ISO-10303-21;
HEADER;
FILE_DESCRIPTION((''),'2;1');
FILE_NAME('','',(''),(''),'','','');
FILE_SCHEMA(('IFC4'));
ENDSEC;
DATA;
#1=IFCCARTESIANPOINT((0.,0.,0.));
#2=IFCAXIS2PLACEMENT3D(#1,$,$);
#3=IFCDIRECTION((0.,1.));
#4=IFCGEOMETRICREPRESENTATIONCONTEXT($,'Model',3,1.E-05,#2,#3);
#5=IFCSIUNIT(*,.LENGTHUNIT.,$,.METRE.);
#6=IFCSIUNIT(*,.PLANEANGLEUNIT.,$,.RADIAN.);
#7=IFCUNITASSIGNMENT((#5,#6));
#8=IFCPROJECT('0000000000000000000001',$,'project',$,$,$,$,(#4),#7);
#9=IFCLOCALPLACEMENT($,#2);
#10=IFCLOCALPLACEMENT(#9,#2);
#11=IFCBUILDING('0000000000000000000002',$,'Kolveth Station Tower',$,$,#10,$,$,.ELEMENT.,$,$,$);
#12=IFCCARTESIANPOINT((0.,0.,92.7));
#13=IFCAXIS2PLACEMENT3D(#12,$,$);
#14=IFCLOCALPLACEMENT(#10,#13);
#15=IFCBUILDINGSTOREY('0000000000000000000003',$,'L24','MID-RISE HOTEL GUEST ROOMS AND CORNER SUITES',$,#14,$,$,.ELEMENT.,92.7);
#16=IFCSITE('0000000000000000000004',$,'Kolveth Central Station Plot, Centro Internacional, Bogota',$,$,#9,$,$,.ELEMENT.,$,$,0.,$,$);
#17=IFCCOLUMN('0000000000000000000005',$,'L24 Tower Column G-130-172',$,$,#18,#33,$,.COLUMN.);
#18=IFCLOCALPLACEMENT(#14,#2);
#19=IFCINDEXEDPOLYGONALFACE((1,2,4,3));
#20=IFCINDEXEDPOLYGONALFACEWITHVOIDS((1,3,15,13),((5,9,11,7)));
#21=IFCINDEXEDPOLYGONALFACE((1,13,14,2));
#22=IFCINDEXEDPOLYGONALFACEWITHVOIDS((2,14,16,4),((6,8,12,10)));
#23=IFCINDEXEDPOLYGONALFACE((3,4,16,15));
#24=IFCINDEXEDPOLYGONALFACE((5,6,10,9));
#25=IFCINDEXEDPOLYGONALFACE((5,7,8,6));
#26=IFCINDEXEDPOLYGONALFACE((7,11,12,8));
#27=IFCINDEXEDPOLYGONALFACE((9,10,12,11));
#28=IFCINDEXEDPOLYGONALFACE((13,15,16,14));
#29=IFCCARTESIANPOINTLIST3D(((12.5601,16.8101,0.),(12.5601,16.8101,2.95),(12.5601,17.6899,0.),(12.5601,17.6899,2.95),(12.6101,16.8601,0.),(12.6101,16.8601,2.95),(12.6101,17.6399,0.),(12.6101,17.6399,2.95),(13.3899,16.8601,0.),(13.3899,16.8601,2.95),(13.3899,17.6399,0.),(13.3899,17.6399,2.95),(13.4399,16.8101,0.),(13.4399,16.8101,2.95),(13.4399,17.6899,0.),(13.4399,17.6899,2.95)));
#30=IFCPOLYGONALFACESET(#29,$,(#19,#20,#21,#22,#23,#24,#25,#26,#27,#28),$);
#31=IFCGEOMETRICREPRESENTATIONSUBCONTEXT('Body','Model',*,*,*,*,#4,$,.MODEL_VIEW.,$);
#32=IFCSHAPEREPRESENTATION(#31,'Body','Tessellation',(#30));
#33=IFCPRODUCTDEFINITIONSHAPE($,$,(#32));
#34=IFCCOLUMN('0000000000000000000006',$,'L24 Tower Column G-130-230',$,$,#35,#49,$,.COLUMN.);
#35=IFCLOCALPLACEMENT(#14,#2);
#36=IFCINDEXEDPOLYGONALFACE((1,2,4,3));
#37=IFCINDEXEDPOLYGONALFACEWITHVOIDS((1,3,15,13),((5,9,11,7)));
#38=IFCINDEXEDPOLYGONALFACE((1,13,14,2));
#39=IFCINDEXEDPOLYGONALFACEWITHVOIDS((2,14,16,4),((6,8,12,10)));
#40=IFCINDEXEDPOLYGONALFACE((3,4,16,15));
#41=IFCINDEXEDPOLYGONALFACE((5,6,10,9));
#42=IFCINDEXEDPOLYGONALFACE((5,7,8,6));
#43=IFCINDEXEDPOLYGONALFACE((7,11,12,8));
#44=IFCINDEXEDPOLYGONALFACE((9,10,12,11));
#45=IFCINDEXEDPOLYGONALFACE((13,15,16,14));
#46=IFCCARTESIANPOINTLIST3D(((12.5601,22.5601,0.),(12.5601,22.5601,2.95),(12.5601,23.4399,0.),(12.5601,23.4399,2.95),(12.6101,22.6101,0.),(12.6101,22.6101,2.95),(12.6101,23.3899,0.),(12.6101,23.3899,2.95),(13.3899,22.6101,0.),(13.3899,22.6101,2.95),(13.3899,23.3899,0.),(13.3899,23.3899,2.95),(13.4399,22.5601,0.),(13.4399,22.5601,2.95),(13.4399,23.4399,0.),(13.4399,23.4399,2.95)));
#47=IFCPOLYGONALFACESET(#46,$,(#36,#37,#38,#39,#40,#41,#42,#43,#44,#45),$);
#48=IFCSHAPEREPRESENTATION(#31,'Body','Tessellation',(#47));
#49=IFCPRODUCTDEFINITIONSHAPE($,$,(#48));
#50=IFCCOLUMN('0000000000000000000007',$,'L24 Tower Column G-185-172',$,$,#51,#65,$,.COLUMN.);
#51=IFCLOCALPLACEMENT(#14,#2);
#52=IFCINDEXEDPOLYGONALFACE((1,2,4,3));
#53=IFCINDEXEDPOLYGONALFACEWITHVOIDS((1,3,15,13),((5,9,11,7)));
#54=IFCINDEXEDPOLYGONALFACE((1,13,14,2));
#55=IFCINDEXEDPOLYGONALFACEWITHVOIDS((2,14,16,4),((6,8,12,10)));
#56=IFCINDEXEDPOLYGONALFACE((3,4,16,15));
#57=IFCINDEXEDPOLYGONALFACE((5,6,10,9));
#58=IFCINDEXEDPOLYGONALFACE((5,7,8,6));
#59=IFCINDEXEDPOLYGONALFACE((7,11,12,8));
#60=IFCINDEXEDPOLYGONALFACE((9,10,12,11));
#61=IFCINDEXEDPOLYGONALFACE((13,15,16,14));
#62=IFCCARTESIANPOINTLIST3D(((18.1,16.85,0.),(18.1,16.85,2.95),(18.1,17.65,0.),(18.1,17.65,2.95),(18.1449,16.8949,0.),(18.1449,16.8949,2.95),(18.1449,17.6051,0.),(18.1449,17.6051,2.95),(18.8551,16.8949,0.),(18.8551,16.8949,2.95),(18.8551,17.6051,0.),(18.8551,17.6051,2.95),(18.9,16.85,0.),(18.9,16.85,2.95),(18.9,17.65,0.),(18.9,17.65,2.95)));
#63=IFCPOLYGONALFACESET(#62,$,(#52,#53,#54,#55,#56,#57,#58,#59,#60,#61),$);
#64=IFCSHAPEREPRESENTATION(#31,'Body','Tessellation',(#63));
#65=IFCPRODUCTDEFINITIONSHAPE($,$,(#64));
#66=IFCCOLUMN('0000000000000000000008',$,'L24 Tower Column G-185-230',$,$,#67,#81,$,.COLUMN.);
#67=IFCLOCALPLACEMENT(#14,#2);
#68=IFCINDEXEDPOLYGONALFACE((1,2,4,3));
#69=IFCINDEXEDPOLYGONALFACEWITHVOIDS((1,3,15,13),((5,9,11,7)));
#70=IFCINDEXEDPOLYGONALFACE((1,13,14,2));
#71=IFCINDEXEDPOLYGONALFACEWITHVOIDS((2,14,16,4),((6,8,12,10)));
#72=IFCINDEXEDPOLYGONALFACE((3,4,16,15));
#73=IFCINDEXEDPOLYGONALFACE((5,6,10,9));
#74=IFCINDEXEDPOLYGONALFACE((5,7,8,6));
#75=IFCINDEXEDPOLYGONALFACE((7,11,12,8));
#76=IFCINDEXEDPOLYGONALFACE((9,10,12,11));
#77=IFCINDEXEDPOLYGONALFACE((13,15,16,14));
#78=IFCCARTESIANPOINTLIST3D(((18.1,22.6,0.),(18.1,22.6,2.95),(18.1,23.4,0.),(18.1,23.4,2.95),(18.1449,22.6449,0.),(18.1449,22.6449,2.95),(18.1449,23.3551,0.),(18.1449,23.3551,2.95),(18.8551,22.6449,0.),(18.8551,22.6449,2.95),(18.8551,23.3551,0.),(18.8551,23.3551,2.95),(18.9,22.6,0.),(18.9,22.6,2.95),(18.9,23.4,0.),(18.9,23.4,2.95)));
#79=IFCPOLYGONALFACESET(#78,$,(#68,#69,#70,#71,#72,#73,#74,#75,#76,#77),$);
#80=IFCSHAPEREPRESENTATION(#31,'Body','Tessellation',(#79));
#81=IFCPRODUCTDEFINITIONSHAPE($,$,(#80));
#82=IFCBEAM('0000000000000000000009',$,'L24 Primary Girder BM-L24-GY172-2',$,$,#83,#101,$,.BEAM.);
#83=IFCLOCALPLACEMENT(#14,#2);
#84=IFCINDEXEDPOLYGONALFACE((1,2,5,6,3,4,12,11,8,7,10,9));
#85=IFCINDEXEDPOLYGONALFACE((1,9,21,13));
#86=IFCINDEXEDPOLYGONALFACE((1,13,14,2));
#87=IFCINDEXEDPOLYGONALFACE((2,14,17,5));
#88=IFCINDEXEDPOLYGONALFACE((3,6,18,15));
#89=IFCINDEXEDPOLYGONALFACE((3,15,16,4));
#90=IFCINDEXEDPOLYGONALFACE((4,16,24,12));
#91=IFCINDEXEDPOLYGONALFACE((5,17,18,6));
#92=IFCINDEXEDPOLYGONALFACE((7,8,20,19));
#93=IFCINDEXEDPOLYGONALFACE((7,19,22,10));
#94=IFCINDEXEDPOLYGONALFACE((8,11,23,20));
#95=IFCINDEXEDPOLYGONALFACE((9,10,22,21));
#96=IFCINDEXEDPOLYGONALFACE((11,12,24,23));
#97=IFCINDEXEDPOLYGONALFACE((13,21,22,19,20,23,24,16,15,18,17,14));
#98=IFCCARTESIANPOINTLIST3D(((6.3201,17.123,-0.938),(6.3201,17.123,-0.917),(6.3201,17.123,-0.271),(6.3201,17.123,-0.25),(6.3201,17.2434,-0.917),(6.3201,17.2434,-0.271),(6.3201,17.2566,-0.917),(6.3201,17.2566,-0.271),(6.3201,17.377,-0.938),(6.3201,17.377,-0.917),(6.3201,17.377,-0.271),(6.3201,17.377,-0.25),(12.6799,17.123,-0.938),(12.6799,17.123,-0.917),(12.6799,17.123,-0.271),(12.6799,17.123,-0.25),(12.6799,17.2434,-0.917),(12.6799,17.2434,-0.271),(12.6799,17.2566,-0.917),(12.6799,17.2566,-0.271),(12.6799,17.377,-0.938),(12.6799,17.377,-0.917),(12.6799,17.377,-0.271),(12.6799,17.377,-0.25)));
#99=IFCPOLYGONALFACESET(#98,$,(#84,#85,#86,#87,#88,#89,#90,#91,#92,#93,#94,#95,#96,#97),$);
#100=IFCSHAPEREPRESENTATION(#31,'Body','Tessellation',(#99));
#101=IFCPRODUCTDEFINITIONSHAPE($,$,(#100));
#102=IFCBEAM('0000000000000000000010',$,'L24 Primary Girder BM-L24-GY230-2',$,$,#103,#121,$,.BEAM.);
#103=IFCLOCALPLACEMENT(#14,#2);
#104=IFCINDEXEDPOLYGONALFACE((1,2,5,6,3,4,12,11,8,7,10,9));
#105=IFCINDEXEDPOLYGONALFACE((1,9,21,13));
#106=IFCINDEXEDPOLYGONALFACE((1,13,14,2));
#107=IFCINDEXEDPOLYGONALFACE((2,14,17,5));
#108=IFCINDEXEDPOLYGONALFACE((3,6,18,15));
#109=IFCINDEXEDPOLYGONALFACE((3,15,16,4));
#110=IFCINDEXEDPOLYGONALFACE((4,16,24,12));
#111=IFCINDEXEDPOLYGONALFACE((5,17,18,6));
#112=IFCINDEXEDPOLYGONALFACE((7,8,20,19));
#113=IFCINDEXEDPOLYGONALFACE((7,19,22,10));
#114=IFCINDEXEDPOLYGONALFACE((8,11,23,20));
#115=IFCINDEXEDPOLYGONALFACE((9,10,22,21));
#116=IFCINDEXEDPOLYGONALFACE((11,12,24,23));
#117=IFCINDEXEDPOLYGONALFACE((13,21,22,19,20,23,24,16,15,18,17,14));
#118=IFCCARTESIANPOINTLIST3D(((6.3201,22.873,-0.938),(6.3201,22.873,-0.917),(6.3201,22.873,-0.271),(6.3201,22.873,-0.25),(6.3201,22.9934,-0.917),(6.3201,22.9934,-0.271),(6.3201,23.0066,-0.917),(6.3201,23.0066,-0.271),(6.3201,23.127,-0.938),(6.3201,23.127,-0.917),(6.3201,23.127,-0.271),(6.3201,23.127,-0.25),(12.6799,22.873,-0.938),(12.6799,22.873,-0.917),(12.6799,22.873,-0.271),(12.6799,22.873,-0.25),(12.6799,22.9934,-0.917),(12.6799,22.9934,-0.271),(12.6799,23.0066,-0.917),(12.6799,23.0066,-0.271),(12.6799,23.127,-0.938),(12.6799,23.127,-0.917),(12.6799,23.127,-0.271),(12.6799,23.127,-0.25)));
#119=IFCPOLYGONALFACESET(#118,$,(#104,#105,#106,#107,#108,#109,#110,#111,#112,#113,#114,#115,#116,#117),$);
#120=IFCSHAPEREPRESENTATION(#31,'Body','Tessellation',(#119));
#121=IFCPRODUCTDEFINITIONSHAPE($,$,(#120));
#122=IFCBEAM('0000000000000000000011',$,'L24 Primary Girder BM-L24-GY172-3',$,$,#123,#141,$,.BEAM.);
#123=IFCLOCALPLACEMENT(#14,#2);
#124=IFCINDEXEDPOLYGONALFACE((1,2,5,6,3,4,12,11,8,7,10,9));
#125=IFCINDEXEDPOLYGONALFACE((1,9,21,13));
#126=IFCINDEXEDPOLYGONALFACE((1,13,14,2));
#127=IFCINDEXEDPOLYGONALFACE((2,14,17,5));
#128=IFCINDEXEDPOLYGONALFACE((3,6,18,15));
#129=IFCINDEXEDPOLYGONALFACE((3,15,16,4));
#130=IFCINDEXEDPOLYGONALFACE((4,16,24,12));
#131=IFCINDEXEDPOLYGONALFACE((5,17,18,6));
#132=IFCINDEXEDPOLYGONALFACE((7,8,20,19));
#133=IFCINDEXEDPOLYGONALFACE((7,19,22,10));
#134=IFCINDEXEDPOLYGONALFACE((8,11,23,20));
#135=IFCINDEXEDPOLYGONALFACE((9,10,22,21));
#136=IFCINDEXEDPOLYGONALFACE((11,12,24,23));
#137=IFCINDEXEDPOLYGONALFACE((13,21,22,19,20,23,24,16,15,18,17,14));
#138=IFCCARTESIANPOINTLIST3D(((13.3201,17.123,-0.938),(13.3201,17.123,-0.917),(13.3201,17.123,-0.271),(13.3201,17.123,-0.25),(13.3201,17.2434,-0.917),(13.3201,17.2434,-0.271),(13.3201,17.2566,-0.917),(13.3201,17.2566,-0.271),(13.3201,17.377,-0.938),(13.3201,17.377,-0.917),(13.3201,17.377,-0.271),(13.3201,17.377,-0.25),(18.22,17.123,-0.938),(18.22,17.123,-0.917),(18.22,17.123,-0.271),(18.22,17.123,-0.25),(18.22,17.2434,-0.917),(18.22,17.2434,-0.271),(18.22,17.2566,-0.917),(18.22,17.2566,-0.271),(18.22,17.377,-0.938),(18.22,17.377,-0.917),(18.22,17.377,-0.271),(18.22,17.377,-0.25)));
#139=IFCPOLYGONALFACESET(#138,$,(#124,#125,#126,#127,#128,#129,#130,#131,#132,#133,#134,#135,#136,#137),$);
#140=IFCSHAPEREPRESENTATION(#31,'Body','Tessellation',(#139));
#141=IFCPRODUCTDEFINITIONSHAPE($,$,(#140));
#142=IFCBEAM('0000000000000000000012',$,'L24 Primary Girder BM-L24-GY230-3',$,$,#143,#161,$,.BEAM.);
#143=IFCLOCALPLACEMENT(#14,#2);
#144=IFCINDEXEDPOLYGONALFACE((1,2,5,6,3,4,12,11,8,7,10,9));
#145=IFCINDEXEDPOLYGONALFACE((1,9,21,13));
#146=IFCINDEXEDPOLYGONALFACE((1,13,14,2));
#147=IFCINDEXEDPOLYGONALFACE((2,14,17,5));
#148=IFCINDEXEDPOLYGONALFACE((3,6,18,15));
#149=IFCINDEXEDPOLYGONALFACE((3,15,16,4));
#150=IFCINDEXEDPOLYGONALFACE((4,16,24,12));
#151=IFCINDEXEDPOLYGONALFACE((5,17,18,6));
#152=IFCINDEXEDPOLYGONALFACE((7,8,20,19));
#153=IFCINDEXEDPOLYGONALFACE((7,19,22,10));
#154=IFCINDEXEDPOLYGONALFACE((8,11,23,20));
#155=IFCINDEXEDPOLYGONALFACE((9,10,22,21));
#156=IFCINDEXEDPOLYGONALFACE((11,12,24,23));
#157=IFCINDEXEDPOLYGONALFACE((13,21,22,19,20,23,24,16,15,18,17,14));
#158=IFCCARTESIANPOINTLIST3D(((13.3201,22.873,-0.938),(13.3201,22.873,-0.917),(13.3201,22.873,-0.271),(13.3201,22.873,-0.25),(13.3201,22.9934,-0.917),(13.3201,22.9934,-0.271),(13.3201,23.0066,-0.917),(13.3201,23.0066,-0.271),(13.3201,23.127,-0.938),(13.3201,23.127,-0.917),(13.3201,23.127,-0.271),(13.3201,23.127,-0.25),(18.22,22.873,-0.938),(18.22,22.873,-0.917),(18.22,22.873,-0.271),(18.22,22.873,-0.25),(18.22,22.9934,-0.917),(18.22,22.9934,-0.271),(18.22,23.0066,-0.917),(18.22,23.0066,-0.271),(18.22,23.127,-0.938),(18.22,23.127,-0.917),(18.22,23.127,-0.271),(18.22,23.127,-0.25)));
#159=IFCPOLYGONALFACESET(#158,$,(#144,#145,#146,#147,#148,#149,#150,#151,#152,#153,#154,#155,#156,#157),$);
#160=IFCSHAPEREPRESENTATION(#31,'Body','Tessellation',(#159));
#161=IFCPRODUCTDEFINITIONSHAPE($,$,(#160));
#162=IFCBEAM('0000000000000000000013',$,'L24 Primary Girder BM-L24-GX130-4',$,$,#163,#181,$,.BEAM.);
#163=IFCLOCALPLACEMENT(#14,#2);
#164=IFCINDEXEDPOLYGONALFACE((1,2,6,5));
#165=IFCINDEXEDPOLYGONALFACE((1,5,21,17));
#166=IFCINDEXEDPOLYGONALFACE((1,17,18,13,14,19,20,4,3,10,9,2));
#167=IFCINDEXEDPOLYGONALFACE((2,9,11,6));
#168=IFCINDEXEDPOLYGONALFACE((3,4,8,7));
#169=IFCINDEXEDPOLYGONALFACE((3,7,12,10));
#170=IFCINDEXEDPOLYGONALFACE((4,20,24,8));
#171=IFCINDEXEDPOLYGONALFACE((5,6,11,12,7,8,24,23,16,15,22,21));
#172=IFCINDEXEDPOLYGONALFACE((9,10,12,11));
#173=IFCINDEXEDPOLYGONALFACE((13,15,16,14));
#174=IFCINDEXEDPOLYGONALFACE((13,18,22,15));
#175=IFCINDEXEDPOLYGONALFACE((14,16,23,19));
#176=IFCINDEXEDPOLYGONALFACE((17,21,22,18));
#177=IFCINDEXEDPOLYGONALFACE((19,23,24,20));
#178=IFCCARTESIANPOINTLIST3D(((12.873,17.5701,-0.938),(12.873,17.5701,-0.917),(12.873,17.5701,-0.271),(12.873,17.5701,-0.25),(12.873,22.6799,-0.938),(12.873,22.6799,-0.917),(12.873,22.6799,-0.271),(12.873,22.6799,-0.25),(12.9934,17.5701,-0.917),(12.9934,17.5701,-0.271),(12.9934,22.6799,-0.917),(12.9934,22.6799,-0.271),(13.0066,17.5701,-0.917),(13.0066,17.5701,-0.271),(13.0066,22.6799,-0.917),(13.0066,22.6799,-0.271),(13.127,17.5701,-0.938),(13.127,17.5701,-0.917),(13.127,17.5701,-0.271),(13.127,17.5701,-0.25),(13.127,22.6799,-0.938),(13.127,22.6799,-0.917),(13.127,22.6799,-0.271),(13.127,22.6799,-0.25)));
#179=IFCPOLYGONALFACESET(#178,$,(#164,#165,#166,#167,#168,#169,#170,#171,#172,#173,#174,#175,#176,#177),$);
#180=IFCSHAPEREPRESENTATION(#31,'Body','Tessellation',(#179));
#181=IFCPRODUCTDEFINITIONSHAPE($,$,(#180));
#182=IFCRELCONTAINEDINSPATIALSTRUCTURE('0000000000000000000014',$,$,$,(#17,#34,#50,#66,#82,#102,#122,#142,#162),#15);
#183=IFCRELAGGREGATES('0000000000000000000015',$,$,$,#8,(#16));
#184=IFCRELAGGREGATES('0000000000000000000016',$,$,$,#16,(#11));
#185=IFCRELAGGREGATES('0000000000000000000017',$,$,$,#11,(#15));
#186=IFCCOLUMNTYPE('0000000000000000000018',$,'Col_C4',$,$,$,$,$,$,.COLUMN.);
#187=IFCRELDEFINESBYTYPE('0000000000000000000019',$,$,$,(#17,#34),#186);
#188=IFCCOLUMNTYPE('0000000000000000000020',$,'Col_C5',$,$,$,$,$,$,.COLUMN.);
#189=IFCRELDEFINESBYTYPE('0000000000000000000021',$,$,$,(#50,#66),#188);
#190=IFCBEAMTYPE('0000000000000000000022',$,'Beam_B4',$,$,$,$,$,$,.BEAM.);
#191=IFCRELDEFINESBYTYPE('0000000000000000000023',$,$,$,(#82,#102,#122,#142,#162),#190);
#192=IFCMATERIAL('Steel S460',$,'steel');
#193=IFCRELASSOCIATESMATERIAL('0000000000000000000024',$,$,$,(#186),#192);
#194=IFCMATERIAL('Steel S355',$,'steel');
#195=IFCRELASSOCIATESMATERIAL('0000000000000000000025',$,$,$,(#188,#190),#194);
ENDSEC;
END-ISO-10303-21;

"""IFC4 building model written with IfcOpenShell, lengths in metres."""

from ifc_helpers import new_model, si_unit, direction, frame, origin, origin_2d, place, context, subcontext, project, spatial, hollow_rectangle, i_section, extrude, source, transform, mapped, material, material_profile, profile_set, type_object, element, save


model = new_model("IFC4")

# Units and contexts
model_context = context("Model", 3, precision=1e-05, world=origin(), true_north=direction((0.0, 1.0)))
body_context = subcontext(model_context, "Body", "Model", "MODEL_VIEW")
ifc_project = project(units=[si_unit("LENGTHUNIT", "METRE"), si_unit("PLANEANGLEUNIT", "RADIAN")], contexts=[model_context])

# Site, building, storey
site_placement = place(None, origin())
site = spatial("IfcSite", under=ifc_project, at=site_placement, Name="Kolveth Central Station Plot, Centro Internacional, Bogota", CompositionType="ELEMENT", RefElevation=0.0)
building_placement = place(site_placement, origin())
building = spatial("IfcBuilding", under=site, at=building_placement, Name="Kolveth Station Tower", CompositionType="ELEMENT")
storey_placement = place(building_placement, frame((0.0, 0.0, 92.7)))
storey = spatial("IfcBuildingStorey", under=building, at=storey_placement, Name="L24", Description="MID-RISE HOTEL GUEST ROOMS AND CORNER SUITES", CompositionType="ELEMENT", Elevation=92.7)

# Columns
ifc_material_1 = material(Name="Steel S460", Category="steel")
ifc_material_profile_1 = material_profile(ifc_material_1, hollow_rectangle(XDim=0.8799, YDim=0.8799, WallThickness=0.05, at=origin_2d()), Name="BOX880x880x50")
ifc_profile_set_1 = profile_set([ifc_material_profile_1], Name="Steel S460")
column_type_1 = type_object("IfcColumnType", Name="Col_C4", PredefinedType="COLUMN", material=ifc_profile_set_1)
shared_shape_1 = source(origin(), body_context, "Body", "SweptSolid", [
    extrude(hollow_rectangle(XDim=0.8799, YDim=0.8799, WallThickness=0.05, at=origin_2d()), origin(), (0.0, 0.0, 1.0), 2.95),
])
for number, where, z_axis, x_axis, name in (
    (1, (13.0, 17.25, 0.0), (0.0, 0.0, 1.0), (1.0, 0.0, 0.0), "L24 Tower Column G-130-172"),
    (2, (13.0, 23.0, 0.0), (0.0, 0.0, 1.0), (1.0, 0.0, 0.0), "L24 Tower Column G-130-230"),
):
    element("IfcColumn", number, at=place(storey_placement, frame(where, z_axis=z_axis, x_axis=x_axis)), inside=storey, type_object=column_type_1, Name=name, PredefinedType="COLUMN", context=body_context, shape_type="MappedRepresentation", body=[
        mapped(shared_shape_1, transform((0.0, 0.0, 0.0), x_axis=(1.0, 0.0, 0.0), y_axis=(0.0, 1.0, 0.0), z_axis=(0.0, 0.0, 1.0), scale=1.0)),
    ])
ifc_material_2 = material(Name="Steel S355", Category="steel")
ifc_material_profile_2 = material_profile(ifc_material_2, hollow_rectangle(XDim=0.8, YDim=0.8, WallThickness=0.0449, at=origin_2d()), Name="BOX800x800x45")
ifc_profile_set_2 = profile_set([ifc_material_profile_2], Name="Steel S355")
column_type_2 = type_object("IfcColumnType", Name="Col_C5", PredefinedType="COLUMN", material=ifc_profile_set_2)
shared_shape_2 = source(origin(), body_context, "Body", "SweptSolid", [
    extrude(hollow_rectangle(XDim=0.8, YDim=0.8, WallThickness=0.0449, at=origin_2d()), origin(), (0.0, 0.0, 1.0), 2.95),
])
for number, where, z_axis, x_axis, name in (
    (3, (18.5, 17.25, 0.0), (0.0, 0.0, 1.0), (1.0, 0.0, 0.0), "L24 Tower Column G-185-172"),
    (4, (18.5, 23.0, 0.0), (0.0, 0.0, 1.0), (1.0, 0.0, 0.0), "L24 Tower Column G-185-230"),
):
    element("IfcColumn", number, at=place(storey_placement, frame(where, z_axis=z_axis, x_axis=x_axis)), inside=storey, type_object=column_type_2, Name=name, PredefinedType="COLUMN", context=body_context, shape_type="MappedRepresentation", body=[
        mapped(shared_shape_2, transform((0.0, 0.0, 0.0), x_axis=(1.0, 0.0, 0.0), y_axis=(0.0, 1.0, 0.0), z_axis=(0.0, 0.0, 1.0), scale=1.0)),
    ])

# Beams
ifc_material_profile_3 = material_profile(ifc_material_2, i_section(OverallWidth=0.2539, OverallDepth=0.688, WebThickness=0.0132, FlangeThickness=0.021, at=origin_2d()), Name="W690x152")
ifc_profile_set_3 = profile_set([ifc_material_profile_3], Name="Steel S355")
beam_type_1 = type_object("IfcBeamType", Name="Beam_B4", PredefinedType="BEAM", material=ifc_profile_set_3)
shared_shape_3 = source(origin(), body_context, "Body", "SweptSolid", [
    extrude(i_section(OverallWidth=0.2539, OverallDepth=0.688, WebThickness=0.0132, FlangeThickness=0.021, at=origin_2d()), origin(), (0.0, 0.0, 1.0), 6.3599),
])
for number, where, z_axis, x_axis, name in (
    (5, (6.3201, 17.25, -0.594), (1.0, 0.0, 0.0), (0.0, 1.0, 0.0), "L24 Primary Girder BM-L24-GY172-2"),
    (6, (6.3201, 23.0, -0.594), (1.0, 0.0, 0.0), (0.0, 1.0, 0.0), "L24 Primary Girder BM-L24-GY230-2"),
):
    element("IfcBeam", number, at=place(storey_placement, frame(where, z_axis=z_axis, x_axis=x_axis)), inside=storey, type_object=beam_type_1, Name=name, PredefinedType="BEAM", context=body_context, shape_type="MappedRepresentation", body=[
        mapped(shared_shape_3, transform((0.0, 0.0, 0.0), x_axis=(1.0, 0.0, 0.0), y_axis=(0.0, 1.0, 0.0), z_axis=(0.0, 0.0, 1.0), scale=1.0)),
    ])
shared_shape_4 = source(origin(), body_context, "Body", "SweptSolid", [
    extrude(i_section(OverallWidth=0.2539, OverallDepth=0.688, WebThickness=0.0132, FlangeThickness=0.021, at=origin_2d()), origin(), (0.0, 0.0, 1.0), 4.8999),
])
for number, where, z_axis, x_axis, name in (
    (7, (13.3201, 17.25, -0.594), (1.0, 0.0, 0.0), (0.0, 1.0, 0.0), "L24 Primary Girder BM-L24-GY172-3"),
    (8, (13.3201, 23.0, -0.594), (1.0, 0.0, 0.0), (0.0, 1.0, 0.0), "L24 Primary Girder BM-L24-GY230-3"),
):
    element("IfcBeam", number, at=place(storey_placement, frame(where, z_axis=z_axis, x_axis=x_axis)), inside=storey, type_object=beam_type_1, Name=name, PredefinedType="BEAM", context=body_context, shape_type="MappedRepresentation", body=[
        mapped(shared_shape_4, transform((0.0, 0.0, 0.0), x_axis=(1.0, 0.0, 0.0), y_axis=(0.0, 1.0, 0.0), z_axis=(0.0, 0.0, 1.0), scale=1.0)),
    ])
shared_shape_5 = source(origin(), body_context, "Body", "SweptSolid", [
    extrude(i_section(OverallWidth=0.2539, OverallDepth=0.688, WebThickness=0.0132, FlangeThickness=0.021, at=origin_2d()), origin(), (0.0, 0.0, 1.0), 5.1099),
])
for number, where, z_axis, x_axis, name in (
    (9, (13.0, 17.5701, -0.594), (0.0, 1.0, 0.0), (-1.0, 0.0, 0.0), "L24 Primary Girder BM-L24-GX130-4"),
):
    element("IfcBeam", number, at=place(storey_placement, frame(where, z_axis=z_axis, x_axis=x_axis)), inside=storey, type_object=beam_type_1, Name=name, PredefinedType="BEAM", context=body_context, shape_type="MappedRepresentation", body=[
        mapped(shared_shape_5, transform((0.0, 0.0, 0.0), x_axis=(1.0, 0.0, 0.0), y_axis=(0.0, 1.0, 0.0), z_axis=(0.0, 0.0, 1.0), scale=1.0)),
    ])

save(model, "model.ifc")
